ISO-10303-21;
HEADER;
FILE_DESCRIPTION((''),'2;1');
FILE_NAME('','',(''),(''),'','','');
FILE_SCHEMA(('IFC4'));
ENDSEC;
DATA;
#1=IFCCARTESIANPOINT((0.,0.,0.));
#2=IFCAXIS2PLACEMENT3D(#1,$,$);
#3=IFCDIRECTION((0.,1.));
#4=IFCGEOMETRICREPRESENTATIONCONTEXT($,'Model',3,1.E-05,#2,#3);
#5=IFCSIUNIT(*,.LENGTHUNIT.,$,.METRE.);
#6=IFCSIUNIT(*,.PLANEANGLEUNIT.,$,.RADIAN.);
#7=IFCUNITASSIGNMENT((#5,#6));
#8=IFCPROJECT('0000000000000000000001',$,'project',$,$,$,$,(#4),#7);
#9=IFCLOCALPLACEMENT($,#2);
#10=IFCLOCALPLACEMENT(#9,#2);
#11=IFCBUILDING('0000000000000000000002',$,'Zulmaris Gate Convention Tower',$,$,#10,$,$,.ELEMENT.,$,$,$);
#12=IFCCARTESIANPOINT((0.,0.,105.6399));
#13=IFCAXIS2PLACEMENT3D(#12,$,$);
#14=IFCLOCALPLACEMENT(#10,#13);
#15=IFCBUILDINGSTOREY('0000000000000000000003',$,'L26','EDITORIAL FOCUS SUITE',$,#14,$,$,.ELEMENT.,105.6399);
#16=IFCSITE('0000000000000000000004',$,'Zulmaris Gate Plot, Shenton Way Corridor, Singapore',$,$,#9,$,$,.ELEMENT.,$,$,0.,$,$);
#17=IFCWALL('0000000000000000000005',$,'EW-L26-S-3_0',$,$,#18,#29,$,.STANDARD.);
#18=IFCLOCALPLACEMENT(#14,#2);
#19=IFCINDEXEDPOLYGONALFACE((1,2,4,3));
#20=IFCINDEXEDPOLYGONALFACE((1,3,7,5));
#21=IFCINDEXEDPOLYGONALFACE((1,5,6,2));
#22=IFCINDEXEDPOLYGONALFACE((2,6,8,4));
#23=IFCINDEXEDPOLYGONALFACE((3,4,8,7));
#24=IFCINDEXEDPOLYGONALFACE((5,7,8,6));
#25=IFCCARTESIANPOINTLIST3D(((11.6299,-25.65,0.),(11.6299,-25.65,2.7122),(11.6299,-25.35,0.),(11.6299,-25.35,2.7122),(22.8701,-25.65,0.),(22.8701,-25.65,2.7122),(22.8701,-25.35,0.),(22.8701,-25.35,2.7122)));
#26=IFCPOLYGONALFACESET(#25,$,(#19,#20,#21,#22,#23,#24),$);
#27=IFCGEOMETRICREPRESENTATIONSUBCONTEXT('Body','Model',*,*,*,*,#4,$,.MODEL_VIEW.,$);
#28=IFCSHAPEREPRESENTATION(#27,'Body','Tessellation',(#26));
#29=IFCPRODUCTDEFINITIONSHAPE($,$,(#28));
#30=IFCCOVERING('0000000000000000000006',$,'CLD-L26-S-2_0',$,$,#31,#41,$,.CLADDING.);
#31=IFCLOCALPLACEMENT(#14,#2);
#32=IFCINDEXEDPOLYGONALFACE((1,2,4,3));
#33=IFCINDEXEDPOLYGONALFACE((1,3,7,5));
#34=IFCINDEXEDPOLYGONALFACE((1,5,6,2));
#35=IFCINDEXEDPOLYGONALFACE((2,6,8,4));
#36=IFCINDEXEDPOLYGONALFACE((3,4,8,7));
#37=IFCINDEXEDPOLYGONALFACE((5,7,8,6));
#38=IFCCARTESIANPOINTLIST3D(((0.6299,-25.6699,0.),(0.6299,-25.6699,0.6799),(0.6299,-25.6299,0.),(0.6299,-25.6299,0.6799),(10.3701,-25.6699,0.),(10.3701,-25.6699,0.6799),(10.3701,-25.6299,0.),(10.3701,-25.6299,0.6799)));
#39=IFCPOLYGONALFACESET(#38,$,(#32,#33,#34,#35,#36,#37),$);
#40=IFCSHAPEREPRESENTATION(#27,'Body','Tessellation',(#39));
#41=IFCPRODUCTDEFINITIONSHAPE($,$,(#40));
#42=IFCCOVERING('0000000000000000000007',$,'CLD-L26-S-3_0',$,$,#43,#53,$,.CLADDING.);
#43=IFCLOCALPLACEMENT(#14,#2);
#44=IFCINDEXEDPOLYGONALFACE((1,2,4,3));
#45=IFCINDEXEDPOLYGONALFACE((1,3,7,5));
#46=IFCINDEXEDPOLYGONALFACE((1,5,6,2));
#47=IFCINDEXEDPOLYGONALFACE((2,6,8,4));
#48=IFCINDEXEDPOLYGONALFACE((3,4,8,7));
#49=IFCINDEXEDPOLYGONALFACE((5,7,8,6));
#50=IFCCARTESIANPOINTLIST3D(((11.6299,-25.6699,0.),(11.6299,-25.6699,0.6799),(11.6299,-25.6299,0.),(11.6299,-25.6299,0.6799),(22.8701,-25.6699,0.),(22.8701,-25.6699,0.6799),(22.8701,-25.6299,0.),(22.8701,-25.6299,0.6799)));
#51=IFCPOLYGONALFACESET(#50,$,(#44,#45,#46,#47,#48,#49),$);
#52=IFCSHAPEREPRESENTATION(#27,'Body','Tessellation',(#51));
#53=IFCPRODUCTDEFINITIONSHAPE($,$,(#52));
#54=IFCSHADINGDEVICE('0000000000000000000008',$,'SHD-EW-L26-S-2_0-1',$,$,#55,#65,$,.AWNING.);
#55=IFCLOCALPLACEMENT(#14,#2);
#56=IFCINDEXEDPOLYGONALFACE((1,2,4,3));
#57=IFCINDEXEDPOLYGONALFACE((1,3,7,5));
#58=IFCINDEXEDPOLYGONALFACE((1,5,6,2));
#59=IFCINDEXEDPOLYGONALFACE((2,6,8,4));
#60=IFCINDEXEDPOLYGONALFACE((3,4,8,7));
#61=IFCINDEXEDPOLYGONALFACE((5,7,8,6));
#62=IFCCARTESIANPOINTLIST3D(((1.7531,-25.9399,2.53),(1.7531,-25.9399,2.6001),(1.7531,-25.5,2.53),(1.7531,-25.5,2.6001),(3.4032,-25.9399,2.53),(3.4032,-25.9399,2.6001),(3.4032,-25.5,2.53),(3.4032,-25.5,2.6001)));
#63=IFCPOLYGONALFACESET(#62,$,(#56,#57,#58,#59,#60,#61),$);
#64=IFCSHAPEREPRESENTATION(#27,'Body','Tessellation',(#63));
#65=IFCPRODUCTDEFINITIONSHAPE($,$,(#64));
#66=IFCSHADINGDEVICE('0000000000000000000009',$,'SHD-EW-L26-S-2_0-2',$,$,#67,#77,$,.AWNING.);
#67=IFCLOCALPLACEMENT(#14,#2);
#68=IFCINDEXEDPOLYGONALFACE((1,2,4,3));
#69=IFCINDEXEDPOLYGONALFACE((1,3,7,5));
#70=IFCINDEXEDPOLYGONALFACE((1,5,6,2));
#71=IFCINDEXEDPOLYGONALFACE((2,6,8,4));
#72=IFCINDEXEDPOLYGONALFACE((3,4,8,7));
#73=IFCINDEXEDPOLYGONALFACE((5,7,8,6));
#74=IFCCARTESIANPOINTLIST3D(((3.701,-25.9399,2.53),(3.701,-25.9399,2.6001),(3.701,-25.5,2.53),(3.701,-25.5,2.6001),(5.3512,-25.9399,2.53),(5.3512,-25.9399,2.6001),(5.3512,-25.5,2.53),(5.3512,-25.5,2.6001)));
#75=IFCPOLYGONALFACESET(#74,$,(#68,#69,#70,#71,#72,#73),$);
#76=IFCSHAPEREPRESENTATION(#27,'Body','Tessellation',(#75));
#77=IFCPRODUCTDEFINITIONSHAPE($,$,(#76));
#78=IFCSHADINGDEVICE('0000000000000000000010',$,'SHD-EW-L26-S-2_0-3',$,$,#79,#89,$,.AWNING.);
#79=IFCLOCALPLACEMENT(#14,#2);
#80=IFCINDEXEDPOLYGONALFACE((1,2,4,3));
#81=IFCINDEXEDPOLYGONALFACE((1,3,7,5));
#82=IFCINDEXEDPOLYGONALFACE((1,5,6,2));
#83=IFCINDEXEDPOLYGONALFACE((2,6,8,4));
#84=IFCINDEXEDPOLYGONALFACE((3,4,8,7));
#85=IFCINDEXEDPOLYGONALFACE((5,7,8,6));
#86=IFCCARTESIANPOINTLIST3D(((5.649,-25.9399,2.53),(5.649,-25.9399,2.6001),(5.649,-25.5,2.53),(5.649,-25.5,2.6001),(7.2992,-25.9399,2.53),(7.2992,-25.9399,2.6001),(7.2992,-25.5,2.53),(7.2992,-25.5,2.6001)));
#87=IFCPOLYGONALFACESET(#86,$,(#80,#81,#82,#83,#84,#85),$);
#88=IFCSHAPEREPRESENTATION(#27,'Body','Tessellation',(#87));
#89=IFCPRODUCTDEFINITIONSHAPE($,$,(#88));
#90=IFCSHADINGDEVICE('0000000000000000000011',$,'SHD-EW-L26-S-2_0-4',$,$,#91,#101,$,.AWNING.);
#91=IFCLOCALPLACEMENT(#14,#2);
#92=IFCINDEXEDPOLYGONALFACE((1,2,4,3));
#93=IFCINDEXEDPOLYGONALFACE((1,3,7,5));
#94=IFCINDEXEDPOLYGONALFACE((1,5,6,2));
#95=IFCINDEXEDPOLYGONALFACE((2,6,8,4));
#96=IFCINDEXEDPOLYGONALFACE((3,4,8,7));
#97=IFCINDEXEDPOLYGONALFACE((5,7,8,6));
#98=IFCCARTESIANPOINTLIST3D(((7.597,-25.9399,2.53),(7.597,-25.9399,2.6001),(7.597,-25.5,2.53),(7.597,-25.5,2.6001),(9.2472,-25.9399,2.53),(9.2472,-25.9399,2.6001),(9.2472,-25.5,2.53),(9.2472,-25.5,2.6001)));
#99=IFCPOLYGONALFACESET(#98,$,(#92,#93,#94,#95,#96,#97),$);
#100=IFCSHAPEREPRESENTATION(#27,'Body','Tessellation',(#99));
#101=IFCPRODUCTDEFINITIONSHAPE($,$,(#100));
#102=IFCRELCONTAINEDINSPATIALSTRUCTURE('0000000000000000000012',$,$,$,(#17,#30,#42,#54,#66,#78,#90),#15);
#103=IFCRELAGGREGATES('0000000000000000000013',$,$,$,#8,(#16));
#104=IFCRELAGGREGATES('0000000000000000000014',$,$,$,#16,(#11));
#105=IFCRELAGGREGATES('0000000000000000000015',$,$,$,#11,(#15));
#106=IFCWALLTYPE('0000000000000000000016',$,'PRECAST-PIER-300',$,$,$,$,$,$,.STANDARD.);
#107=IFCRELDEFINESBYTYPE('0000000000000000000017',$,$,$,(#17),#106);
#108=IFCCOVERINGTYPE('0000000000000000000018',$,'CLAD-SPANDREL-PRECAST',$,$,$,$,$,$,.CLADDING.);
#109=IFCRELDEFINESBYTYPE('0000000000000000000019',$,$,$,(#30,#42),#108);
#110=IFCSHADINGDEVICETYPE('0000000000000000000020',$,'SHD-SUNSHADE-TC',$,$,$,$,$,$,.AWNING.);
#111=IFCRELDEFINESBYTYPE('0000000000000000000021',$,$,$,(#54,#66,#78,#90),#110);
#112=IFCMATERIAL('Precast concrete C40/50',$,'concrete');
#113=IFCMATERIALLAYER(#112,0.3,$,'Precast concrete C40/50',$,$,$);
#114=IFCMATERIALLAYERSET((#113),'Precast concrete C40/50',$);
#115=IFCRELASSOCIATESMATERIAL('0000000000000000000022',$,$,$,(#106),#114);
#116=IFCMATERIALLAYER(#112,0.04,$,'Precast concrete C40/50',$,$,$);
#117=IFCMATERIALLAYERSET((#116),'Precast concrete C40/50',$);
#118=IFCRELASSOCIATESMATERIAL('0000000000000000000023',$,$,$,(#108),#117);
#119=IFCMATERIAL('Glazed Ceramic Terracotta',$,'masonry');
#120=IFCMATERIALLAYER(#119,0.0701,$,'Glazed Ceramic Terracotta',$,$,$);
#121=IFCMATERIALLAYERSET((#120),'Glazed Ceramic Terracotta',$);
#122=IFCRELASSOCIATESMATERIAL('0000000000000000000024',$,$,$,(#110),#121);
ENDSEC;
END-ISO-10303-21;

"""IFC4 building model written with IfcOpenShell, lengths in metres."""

from ifc_helpers import new_model, si_unit, direction, frame, frame_2d, origin, place, context, subcontext, project, spatial, rectangle, extrude, material, layer, layer_set, type_object, element, save


model = new_model("IFC4")

# Units and contexts
model_context = context("Model", 3, precision=1e-05, world=origin(), true_north=direction((0.0, 1.0)))
body_context = subcontext(model_context, "Body", "Model", "MODEL_VIEW")
ifc_project = project(units=[si_unit("LENGTHUNIT", "METRE"), si_unit("PLANEANGLEUNIT", "RADIAN")], contexts=[model_context])

# Site, building, storey
site_placement = place(None, origin())
site = spatial("IfcSite", under=ifc_project, at=site_placement, Name="Zulmaris Gate Plot, Shenton Way Corridor, Singapore", CompositionType="ELEMENT", RefElevation=0.0)
building_placement = place(site_placement, origin())
building = spatial("IfcBuilding", under=site, at=building_placement, Name="Zulmaris Gate Convention Tower", CompositionType="ELEMENT")
storey_placement = place(building_placement, frame((0.0, 0.0, 105.6399)))
storey = spatial("IfcBuildingStorey", under=building, at=storey_placement, Name="L26", Description="EDITORIAL FOCUS SUITE", CompositionType="ELEMENT", Elevation=105.6399)

# Shared definitions
ifc_material_1 = material(Name="Precast concrete C40/50", Category="concrete")
ifc_layer_1 = layer(ifc_material_1, 0.3, Name="Precast concrete C40/50")
ifc_layer_set_1 = layer_set([ifc_layer_1], Name="Precast concrete C40/50")
wall_type_1 = type_object("IfcWallType", Name="PRECAST-PIER-300", PredefinedType="STANDARD", material=ifc_layer_set_1)

# Wall
wall_1_placement = place(storey_placement, frame((11.6299, -25.5, 0.0), z_axis=(0.0, 0.0, 1.0), x_axis=(1.0, 0.0, 0.0)))
element("IfcWall", 1, at=wall_1_placement, inside=storey, type_object=wall_type_1, Name="EW-L26-S-3_0", PredefinedType="STANDARD", context=body_context, shape_type="SweptSolid", body=[
    extrude(rectangle(XDim=11.2402, YDim=0.3, at=frame_2d((5.6201, 0.0))), origin(), (0.0, 0.0, 1.0), 2.7122),
])

# Coverings
ifc_layer_2 = layer(ifc_material_1, 0.04, Name="Precast concrete C40/50")
ifc_layer_set_2 = layer_set([ifc_layer_2], Name="Precast concrete C40/50")
covering_type = type_object("IfcCoveringType", Name="CLAD-SPANDREL-PRECAST", PredefinedType="CLADDING", material=ifc_layer_set_2)
covering_1_placement = place(storey_placement, frame((0.6299, -25.6499, 0.0), z_axis=(0.0, 0.0, 1.0), x_axis=(1.0, 0.0, 0.0)))
element("IfcCovering", 2, at=covering_1_placement, inside=storey, type_object=covering_type, Name="CLD-L26-S-2_0", PredefinedType="CLADDING", context=body_context, shape_type="SweptSolid", body=[
    extrude(rectangle(XDim=9.7402, YDim=0.04, at=frame_2d((4.8701, 0.0))), origin(), (0.0, 0.0, 1.0), 0.6799),
])
covering_2_placement = place(storey_placement, frame((11.6299, -25.6499, 0.0), z_axis=(0.0, 0.0, 1.0), x_axis=(1.0, 0.0, 0.0)))
element("IfcCovering", 3, at=covering_2_placement, inside=storey, type_object=covering_type, Name="CLD-L26-S-3_0", PredefinedType="CLADDING", context=body_context, shape_type="SweptSolid", body=[
    extrude(rectangle(XDim=11.2402, YDim=0.04, at=frame_2d((5.6201, 0.0))), origin(), (0.0, 0.0, 1.0), 0.6799),
])

# Shading devices
ifc_material_2 = material(Name="Glazed Ceramic Terracotta", Category="masonry")
ifc_layer_3 = layer(ifc_material_2, 0.0701, Name="Glazed Ceramic Terracotta")
ifc_layer_set_3 = layer_set([ifc_layer_3], Name="Glazed Ceramic Terracotta")
shading_device_type = type_object("IfcShadingDeviceType", Name="SHD-SUNSHADE-TC", PredefinedType="AWNING", material=ifc_layer_set_3)
for number, where, z_axis, x_axis, name in (
    (4, (1.7529, -25.72, 2.53), (0.0, 0.0, 1.0), (1.0, 0.0, 0.0), "SHD-EW-L26-S-2_0-1"),
    (5, (3.7009, -25.72, 2.53), (0.0, 0.0, 1.0), (1.0, 0.0, 0.0), "SHD-EW-L26-S-2_0-2"),
    (6, (5.6489, -25.72, 2.53), (0.0, 0.0, 1.0), (1.0, 0.0, 0.0), "SHD-EW-L26-S-2_0-3"),
    (7, (7.5969, -25.72, 2.53), (0.0, 0.0, 1.0), (1.0, 0.0, 0.0), "SHD-EW-L26-S-2_0-4"),
):
    element("IfcShadingDevice", number, at=place(storey_placement, frame(where, z_axis=z_axis, x_axis=x_axis)), inside=storey, type_object=shading_device_type, Name=name, PredefinedType="AWNING", context=body_context, shape_type="SweptSolid", body=[
        extrude(rectangle(XDim=1.6501, YDim=0.4399, at=frame_2d((0.8252, 0.0))), origin(), (0.0, 0.0, 1.0), 0.0701),
    ])

save(model, "model.ifc")
